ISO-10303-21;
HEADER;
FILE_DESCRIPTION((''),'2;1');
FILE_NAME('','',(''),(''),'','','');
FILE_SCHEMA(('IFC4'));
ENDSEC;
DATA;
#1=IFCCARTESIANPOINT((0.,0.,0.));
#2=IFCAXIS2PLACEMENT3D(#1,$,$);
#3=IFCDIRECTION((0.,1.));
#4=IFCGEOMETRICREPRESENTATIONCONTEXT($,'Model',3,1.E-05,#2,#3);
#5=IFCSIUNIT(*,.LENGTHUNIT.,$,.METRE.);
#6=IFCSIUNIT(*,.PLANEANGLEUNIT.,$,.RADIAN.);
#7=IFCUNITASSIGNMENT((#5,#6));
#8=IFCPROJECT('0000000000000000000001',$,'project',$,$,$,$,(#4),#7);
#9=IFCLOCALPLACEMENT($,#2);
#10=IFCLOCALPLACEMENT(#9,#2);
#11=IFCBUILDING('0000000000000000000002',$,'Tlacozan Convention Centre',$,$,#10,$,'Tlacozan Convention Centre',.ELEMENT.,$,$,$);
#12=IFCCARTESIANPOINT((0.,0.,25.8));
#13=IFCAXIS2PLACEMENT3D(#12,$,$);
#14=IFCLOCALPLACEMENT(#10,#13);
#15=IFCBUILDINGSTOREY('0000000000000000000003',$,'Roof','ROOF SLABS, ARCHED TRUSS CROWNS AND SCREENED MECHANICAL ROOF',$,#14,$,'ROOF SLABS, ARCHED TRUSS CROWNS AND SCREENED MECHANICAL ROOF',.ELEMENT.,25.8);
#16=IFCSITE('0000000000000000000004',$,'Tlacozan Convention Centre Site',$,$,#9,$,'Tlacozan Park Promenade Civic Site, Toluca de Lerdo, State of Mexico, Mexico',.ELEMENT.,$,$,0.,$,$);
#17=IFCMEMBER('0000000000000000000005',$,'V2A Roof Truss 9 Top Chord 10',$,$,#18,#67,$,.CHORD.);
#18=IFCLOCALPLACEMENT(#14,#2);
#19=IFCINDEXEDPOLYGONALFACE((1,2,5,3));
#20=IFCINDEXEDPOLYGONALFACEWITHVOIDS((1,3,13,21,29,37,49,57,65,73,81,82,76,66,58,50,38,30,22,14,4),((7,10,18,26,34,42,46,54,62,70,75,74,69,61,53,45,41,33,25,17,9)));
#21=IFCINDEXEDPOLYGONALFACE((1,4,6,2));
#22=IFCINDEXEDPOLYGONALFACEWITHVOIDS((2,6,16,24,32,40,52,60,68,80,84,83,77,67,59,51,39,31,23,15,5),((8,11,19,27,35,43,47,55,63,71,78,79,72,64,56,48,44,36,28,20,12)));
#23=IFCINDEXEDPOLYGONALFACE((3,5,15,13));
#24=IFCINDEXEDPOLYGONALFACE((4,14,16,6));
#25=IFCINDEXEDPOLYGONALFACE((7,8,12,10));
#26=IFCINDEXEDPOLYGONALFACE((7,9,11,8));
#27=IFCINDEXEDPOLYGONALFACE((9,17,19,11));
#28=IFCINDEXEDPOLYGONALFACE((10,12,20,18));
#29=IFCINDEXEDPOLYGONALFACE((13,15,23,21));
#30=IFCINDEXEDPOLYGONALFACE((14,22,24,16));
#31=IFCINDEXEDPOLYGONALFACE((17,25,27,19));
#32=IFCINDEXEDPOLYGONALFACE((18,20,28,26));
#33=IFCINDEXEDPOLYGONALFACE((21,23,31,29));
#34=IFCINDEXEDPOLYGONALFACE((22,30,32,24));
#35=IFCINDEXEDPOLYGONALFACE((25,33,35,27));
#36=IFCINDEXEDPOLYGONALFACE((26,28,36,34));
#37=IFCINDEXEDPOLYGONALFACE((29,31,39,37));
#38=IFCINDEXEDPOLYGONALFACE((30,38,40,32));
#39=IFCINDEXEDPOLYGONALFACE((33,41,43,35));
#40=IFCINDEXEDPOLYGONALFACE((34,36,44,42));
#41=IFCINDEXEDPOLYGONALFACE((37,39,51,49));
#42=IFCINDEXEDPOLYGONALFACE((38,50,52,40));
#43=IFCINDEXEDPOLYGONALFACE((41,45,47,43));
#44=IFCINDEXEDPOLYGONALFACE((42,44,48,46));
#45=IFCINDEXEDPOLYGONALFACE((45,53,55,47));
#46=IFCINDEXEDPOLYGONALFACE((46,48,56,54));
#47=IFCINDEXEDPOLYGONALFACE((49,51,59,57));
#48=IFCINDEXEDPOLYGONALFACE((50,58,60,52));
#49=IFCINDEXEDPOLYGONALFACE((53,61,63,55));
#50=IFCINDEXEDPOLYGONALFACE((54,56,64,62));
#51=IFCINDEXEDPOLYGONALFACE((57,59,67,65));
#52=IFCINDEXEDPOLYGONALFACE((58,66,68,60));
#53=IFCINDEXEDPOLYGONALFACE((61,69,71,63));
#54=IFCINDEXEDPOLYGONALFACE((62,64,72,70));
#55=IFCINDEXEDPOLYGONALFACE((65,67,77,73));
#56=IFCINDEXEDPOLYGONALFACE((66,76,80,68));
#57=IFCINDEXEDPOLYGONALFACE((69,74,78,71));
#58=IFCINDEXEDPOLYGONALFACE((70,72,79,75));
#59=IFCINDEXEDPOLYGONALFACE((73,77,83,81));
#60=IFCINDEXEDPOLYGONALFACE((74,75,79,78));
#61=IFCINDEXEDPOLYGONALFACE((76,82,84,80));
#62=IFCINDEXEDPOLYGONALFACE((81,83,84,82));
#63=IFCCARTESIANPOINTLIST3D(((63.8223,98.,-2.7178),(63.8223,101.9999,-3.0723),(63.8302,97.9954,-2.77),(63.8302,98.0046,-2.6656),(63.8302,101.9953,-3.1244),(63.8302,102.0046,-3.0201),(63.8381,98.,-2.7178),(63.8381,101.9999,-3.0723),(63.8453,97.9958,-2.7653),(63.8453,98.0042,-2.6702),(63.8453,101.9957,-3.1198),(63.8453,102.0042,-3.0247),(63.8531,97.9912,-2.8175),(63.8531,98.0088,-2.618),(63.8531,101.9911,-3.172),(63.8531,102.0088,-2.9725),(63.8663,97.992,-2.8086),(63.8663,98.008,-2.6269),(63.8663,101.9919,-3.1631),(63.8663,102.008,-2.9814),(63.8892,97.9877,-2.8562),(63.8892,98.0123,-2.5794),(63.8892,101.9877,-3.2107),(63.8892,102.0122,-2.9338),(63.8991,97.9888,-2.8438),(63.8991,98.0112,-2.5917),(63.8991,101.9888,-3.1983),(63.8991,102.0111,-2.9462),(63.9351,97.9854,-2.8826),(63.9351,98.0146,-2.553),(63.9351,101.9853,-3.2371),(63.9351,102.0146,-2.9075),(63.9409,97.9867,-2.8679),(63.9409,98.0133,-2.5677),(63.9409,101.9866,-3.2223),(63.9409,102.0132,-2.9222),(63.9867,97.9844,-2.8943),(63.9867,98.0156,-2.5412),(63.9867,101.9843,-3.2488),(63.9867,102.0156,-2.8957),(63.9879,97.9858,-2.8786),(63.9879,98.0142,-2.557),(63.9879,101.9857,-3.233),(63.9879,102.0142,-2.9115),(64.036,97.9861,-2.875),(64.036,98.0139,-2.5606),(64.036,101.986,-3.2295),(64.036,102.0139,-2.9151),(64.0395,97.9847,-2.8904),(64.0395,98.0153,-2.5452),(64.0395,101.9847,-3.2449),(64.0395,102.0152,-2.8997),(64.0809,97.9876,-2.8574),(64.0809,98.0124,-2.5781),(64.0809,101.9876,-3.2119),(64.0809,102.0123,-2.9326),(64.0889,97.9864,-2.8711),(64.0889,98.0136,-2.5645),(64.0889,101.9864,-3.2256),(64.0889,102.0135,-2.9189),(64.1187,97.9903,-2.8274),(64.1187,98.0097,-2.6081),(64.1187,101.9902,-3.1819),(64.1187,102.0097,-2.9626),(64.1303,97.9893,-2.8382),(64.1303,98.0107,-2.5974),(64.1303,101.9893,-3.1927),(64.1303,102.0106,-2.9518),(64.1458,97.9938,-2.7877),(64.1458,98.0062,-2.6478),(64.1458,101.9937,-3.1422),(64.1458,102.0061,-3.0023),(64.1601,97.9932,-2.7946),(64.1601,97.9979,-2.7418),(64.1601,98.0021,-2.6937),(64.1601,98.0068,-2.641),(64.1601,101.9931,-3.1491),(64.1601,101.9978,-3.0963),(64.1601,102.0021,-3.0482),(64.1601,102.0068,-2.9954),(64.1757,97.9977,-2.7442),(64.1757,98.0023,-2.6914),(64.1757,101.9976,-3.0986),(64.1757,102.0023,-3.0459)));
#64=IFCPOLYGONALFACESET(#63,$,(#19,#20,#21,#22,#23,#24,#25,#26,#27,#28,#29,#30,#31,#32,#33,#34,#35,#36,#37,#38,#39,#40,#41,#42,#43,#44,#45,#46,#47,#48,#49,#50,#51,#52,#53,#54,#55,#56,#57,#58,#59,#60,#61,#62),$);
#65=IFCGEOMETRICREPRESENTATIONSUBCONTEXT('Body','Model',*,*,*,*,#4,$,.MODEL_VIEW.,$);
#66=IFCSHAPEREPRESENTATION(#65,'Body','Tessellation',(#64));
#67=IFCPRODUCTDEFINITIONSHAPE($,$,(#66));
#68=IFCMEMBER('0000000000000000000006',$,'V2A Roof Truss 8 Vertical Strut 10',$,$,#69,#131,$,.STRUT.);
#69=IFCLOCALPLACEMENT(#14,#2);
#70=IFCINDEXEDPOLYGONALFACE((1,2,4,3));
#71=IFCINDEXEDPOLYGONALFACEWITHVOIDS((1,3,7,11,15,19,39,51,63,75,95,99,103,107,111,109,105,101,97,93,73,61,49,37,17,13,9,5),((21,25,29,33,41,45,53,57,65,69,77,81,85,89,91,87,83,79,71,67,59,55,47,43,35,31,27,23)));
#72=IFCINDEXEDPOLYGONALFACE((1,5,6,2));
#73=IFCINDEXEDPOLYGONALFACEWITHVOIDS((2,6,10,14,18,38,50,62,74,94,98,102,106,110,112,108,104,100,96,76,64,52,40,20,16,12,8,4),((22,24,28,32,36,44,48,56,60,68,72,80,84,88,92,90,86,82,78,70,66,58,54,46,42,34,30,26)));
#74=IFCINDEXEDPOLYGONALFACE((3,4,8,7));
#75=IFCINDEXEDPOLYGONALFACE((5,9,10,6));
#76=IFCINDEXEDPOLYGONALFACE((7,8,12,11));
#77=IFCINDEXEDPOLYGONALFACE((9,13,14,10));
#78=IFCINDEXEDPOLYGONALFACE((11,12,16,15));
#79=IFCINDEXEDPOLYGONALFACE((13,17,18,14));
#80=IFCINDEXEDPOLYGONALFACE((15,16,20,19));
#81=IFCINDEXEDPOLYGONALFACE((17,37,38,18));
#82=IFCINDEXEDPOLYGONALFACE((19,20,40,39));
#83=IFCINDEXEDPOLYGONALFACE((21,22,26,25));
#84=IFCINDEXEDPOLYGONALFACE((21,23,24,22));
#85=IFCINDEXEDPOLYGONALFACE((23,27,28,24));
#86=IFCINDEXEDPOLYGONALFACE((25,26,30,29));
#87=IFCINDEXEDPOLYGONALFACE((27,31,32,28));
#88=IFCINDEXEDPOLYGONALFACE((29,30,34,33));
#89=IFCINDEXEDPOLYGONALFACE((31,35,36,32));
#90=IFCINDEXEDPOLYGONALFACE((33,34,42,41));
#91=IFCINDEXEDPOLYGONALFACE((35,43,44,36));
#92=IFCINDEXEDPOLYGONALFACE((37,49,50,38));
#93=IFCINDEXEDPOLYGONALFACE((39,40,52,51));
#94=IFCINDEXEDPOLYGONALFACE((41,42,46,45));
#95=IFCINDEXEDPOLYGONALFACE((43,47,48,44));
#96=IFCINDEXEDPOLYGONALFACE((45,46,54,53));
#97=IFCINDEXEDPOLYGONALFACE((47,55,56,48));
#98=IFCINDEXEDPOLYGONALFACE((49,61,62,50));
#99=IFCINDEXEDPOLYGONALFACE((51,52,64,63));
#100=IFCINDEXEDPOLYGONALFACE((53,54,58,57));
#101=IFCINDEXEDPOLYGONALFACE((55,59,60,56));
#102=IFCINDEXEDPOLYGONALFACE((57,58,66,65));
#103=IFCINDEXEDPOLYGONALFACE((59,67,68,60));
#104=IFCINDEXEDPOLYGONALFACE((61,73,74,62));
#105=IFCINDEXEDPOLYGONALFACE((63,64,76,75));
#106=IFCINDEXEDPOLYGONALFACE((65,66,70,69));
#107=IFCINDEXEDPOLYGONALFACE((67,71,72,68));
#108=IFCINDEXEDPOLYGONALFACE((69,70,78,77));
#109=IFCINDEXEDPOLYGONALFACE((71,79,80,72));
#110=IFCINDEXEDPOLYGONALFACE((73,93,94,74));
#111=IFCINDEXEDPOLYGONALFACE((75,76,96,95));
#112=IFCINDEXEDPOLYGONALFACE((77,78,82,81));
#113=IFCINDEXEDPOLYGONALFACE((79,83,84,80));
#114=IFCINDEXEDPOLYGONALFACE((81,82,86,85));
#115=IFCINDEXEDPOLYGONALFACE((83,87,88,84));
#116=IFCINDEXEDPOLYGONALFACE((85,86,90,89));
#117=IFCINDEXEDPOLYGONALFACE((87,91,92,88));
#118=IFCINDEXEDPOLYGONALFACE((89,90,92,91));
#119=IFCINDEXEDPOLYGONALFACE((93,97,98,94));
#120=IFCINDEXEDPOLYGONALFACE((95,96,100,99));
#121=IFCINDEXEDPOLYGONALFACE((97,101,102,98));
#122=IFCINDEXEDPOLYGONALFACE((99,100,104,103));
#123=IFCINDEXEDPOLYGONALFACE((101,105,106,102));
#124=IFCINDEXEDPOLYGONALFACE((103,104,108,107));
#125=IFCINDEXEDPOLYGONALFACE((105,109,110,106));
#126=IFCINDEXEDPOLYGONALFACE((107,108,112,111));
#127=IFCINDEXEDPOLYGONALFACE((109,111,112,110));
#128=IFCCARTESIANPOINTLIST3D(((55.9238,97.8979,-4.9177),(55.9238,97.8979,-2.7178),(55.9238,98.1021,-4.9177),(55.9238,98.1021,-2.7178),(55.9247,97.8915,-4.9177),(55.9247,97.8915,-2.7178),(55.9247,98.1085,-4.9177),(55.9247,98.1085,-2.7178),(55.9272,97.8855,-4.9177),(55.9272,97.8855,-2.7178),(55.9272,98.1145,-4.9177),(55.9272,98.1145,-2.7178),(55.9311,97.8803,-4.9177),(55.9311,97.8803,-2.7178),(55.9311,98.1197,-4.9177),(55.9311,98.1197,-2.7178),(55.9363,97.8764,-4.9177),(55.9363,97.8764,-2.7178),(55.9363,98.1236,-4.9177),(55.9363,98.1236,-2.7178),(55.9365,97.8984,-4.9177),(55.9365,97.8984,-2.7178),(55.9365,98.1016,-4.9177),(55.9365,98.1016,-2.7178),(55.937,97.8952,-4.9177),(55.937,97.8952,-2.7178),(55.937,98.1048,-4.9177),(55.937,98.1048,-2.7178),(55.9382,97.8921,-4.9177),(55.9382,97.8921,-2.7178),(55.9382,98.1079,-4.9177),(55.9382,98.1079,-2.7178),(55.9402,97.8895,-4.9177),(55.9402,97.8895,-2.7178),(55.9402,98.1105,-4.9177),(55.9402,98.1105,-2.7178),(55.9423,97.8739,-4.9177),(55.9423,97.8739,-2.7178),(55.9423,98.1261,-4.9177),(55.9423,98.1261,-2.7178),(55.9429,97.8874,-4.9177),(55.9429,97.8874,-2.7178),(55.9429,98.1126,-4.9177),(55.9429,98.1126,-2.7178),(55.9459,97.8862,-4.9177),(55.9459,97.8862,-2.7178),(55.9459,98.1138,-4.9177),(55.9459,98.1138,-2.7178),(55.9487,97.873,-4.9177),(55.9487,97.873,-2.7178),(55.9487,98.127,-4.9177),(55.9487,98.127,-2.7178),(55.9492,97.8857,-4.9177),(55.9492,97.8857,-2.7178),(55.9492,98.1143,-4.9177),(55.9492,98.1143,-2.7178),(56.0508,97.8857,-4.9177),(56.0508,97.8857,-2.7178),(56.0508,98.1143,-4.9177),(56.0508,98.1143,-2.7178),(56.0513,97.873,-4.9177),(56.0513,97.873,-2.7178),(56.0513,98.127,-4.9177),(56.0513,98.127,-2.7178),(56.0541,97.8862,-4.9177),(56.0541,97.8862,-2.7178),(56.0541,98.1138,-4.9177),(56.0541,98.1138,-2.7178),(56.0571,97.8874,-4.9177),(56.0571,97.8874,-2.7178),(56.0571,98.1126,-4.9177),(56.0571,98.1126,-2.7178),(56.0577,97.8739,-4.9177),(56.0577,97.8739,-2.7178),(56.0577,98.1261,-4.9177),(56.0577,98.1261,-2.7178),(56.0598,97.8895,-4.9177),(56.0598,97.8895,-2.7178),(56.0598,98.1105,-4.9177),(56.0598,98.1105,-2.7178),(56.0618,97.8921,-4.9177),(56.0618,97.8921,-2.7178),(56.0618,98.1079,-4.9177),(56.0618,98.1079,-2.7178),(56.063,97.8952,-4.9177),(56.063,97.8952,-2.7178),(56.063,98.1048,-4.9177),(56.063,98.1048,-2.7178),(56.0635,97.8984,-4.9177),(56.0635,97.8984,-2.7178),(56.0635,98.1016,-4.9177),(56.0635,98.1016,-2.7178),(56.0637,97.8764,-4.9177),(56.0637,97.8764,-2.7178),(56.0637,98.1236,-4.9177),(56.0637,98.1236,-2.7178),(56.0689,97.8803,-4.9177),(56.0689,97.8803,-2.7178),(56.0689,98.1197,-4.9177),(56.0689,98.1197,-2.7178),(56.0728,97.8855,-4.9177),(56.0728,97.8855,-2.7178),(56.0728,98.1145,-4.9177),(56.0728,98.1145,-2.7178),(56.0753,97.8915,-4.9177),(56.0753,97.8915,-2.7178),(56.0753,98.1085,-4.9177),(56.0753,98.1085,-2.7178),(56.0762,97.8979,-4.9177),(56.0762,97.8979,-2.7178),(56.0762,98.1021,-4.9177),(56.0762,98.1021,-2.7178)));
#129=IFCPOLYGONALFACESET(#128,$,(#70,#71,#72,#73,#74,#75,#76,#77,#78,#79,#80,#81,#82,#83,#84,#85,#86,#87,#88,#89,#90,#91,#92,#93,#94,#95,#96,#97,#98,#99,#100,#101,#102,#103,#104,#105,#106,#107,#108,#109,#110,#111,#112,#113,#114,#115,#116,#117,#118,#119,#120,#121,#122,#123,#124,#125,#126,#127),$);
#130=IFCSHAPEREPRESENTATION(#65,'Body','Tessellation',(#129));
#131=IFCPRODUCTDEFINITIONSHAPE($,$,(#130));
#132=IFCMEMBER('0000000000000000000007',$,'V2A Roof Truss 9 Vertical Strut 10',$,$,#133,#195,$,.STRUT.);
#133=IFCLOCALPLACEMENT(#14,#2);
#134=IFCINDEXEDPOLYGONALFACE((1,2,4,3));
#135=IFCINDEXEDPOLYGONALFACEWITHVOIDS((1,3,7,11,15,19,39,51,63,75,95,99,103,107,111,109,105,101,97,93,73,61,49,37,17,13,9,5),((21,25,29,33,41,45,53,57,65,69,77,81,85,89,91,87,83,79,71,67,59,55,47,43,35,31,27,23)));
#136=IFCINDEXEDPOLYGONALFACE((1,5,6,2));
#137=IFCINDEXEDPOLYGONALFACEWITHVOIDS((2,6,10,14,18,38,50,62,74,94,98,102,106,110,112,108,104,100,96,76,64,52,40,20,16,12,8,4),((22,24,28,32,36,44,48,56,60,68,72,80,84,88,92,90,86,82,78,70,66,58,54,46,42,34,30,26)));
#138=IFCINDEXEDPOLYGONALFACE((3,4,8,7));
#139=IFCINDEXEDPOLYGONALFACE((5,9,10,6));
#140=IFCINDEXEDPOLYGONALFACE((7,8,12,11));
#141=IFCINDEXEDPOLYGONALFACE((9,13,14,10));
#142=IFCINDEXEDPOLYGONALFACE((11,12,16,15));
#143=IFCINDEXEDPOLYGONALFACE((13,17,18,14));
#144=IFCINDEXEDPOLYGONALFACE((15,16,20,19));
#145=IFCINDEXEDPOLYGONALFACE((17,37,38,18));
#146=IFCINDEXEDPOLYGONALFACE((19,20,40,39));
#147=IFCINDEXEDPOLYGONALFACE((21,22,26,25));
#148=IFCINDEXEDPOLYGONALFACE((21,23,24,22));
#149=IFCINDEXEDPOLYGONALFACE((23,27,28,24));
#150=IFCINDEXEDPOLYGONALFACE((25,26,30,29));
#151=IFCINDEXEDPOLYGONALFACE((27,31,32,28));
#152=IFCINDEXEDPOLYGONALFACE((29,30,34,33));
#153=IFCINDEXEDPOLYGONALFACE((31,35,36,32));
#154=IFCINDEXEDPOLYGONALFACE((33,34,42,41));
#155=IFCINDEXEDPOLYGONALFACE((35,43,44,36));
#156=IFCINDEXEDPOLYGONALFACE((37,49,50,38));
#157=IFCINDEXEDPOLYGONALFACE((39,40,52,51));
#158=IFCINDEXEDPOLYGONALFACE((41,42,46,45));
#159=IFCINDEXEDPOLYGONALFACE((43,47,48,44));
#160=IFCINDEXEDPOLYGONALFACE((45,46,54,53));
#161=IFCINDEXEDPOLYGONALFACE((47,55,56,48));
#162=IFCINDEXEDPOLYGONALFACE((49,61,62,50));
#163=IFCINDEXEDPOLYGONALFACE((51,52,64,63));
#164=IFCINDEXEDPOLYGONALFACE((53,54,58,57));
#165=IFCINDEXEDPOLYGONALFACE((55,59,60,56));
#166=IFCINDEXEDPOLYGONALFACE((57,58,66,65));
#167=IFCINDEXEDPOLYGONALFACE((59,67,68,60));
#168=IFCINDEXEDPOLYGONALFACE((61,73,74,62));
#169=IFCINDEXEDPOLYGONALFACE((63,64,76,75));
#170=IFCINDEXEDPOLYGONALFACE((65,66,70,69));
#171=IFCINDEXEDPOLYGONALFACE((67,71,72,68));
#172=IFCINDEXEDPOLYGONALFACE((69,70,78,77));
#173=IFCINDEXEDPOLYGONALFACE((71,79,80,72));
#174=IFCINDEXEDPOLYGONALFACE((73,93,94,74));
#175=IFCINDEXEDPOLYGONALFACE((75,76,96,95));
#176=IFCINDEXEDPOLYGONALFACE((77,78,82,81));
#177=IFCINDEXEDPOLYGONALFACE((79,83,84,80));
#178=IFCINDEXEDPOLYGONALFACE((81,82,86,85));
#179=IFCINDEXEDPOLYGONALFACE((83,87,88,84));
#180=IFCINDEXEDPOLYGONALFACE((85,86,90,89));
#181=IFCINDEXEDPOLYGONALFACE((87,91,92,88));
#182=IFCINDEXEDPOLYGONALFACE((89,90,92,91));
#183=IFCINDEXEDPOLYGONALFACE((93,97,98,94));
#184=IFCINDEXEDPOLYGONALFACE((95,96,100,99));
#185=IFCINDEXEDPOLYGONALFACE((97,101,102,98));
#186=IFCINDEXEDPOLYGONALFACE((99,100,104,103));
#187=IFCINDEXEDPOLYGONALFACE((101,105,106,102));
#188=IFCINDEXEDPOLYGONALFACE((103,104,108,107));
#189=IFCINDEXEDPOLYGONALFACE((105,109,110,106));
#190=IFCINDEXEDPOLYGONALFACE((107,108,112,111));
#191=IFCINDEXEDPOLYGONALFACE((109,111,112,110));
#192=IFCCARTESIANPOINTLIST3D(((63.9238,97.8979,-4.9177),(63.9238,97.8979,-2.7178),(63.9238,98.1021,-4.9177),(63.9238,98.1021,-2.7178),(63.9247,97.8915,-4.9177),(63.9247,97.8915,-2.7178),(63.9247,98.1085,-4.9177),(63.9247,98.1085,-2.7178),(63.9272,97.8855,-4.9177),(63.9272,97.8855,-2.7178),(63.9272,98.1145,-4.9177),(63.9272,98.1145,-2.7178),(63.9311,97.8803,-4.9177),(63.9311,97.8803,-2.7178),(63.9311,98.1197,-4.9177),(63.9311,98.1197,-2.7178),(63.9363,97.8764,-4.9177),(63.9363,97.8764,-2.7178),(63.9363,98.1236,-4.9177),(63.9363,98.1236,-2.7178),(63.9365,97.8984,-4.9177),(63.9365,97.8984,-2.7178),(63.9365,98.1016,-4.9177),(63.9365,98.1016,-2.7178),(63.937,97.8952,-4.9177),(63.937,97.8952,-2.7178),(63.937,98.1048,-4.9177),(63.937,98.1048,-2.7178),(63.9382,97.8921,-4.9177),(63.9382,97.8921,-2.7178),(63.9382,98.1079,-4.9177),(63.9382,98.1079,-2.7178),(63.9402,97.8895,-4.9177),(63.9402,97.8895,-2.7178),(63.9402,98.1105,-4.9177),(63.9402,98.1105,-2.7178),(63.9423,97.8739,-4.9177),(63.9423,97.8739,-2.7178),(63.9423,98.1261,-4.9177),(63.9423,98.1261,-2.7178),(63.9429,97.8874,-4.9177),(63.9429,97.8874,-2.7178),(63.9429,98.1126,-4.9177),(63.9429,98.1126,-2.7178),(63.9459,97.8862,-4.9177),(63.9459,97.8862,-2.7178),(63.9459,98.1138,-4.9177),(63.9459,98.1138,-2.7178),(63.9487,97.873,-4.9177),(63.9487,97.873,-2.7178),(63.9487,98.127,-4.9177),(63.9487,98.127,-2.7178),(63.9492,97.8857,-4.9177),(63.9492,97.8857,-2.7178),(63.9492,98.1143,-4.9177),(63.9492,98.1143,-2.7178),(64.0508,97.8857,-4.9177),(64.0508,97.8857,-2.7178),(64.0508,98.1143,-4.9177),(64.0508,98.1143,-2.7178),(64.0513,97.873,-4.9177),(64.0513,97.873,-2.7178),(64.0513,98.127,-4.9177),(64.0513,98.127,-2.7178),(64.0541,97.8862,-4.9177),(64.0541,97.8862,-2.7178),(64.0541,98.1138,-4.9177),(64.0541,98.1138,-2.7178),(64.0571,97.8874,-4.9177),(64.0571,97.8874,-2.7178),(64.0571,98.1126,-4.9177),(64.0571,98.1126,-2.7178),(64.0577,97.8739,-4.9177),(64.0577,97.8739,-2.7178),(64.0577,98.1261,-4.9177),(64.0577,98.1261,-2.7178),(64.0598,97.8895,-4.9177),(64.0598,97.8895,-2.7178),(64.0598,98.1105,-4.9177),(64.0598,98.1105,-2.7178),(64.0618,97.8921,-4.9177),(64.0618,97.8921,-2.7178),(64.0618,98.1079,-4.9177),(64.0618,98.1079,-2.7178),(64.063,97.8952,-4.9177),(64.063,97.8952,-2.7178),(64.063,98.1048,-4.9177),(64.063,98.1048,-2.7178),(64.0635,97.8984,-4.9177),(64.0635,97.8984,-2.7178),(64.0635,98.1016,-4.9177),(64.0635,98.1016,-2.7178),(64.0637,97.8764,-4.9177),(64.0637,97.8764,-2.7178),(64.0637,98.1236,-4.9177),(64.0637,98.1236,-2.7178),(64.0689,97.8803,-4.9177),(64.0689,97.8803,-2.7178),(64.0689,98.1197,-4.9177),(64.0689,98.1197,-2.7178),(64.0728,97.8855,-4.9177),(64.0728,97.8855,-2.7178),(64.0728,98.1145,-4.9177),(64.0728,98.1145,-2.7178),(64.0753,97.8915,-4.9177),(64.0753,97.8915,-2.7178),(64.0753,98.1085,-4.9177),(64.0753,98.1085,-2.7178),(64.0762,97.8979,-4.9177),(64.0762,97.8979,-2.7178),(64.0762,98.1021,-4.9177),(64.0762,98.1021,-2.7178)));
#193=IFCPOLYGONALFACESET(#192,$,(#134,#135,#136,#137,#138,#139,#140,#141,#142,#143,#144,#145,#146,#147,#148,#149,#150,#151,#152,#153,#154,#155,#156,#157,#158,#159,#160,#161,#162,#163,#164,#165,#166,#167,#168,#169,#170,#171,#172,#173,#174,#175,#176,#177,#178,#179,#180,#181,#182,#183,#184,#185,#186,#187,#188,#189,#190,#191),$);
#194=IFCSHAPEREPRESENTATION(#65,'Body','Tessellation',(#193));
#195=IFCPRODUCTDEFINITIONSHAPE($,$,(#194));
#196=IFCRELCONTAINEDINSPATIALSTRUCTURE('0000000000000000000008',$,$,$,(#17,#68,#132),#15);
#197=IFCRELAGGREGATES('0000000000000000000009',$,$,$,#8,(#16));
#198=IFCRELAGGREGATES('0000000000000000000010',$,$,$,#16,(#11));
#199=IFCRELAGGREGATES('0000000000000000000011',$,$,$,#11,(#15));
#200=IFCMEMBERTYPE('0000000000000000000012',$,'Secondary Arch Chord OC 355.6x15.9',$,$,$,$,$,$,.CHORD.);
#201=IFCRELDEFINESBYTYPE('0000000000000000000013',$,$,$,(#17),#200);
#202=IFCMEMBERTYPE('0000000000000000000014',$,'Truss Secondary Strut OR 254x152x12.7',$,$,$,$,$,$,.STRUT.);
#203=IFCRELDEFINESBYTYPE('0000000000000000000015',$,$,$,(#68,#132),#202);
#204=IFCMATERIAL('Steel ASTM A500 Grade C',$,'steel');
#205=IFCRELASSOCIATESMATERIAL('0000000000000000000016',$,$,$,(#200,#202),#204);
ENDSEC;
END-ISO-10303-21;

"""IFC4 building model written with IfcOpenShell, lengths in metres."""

from ifc_helpers import new_model, si_unit, direction, frame, origin, origin_2d, place, context, subcontext, project, spatial, hollow_rectangle, hollow_circle, extrude, material, material_profile, profile_set, type_object, element, save


model = new_model("IFC4")

# Units and contexts
model_context = context("Model", 3, precision=1e-05, world=origin(), true_north=direction((0.0, 1.0)))
body_context = subcontext(model_context, "Body", "Model", "MODEL_VIEW")
ifc_project = project(units=[si_unit("LENGTHUNIT", "METRE"), si_unit("PLANEANGLEUNIT", "RADIAN")], contexts=[model_context])

# Site, building, storey
site_placement = place(None, origin())
site = spatial("IfcSite", under=ifc_project, at=site_placement, Name="Tlacozan Convention Centre Site", LongName="Tlacozan Park Promenade Civic Site, Toluca de Lerdo, State of Mexico, Mexico", CompositionType="ELEMENT", RefElevation=0.0)
building_placement = place(site_placement, origin())
building = spatial("IfcBuilding", under=site, at=building_placement, Name="Tlacozan Convention Centre", LongName="Tlacozan Convention Centre", CompositionType="ELEMENT")
storey_placement = place(building_placement, frame((0.0, 0.0, 25.8)))
storey = spatial("IfcBuildingStorey", under=building, at=storey_placement, Name="Roof", Description="ROOF SLABS, ARCHED TRUSS CROWNS AND SCREENED MECHANICAL ROOF", LongName="ROOF SLABS, ARCHED TRUSS CROWNS AND SCREENED MECHANICAL ROOF", CompositionType="ELEMENT", Elevation=25.8)

# Members
ifc_material_1 = material(Name="Steel ASTM A500 Grade C", Category="steel")
ifc_material_profile_1 = material_profile(ifc_material_1, hollow_circle(Radius=0.1777, WallThickness=0.0159, at=origin_2d()), Name="OC 355.6x15.9")
ifc_profile_set_1 = profile_set([ifc_material_profile_1], Name="Steel ASTM A500 Grade C")
member_type_1 = type_object("IfcMemberType", Name="Secondary Arch Chord OC 355.6x15.9", PredefinedType="CHORD", material=ifc_profile_set_1)
member_1_placement = place(storey_placement, frame((64.0, 98.0, -2.7178), z_axis=(0.0, 0.996096, -0.088277), x_axis=(-1.0, 0.0, 0.0)))
element("IfcMember", 1, at=member_1_placement, inside=storey, type_object=member_type_1, Name="V2A Roof Truss 9 Top Chord 10", PredefinedType="CHORD", context=body_context, shape_type="SweptSolid", body=[
    extrude(hollow_circle(Radius=0.1777, WallThickness=0.0159, at=origin_2d()), origin(), (0.0, 0.0, 1.0), 4.0156),
])
ifc_material_profile_2 = material_profile(ifc_material_1, hollow_rectangle(XDim=0.1523, YDim=0.2539, WallThickness=0.0127, InnerFilletRadius=0.0127, OuterFilletRadius=0.0249, at=origin_2d()), Name="OR 254x152x12.7")
ifc_profile_set_2 = profile_set([ifc_material_profile_2], Name="Steel ASTM A500 Grade C")
member_type_2 = type_object("IfcMemberType", Name="Truss Secondary Strut OR 254x152x12.7", PredefinedType="STRUT", material=ifc_profile_set_2)
for number, where, z_axis, x_axis, name in (
    (2, (56.0, 98.0, -4.9177), (0.0, 0.0, 1.0), (1.0, 0.0, 0.0), "V2A Roof Truss 8 Vertical Strut 10"),
    (3, (64.0, 98.0, -4.9177), (0.0, 0.0, 1.0), (1.0, 0.0, 0.0), "V2A Roof Truss 9 Vertical Strut 10"),
):
    element("IfcMember", number, at=place(storey_placement, frame(where, z_axis=z_axis, x_axis=x_axis)), inside=storey, type_object=member_type_2, Name=name, PredefinedType="STRUT", context=body_context, shape_type="SweptSolid", body=[
        extrude(hollow_rectangle(XDim=0.1523, YDim=0.2539, WallThickness=0.0127, InnerFilletRadius=0.0127, OuterFilletRadius=0.0249, at=origin_2d()), origin(), (0.0, 0.0, 1.0), 2.2),
    ])

save(model, "model.ifc")
